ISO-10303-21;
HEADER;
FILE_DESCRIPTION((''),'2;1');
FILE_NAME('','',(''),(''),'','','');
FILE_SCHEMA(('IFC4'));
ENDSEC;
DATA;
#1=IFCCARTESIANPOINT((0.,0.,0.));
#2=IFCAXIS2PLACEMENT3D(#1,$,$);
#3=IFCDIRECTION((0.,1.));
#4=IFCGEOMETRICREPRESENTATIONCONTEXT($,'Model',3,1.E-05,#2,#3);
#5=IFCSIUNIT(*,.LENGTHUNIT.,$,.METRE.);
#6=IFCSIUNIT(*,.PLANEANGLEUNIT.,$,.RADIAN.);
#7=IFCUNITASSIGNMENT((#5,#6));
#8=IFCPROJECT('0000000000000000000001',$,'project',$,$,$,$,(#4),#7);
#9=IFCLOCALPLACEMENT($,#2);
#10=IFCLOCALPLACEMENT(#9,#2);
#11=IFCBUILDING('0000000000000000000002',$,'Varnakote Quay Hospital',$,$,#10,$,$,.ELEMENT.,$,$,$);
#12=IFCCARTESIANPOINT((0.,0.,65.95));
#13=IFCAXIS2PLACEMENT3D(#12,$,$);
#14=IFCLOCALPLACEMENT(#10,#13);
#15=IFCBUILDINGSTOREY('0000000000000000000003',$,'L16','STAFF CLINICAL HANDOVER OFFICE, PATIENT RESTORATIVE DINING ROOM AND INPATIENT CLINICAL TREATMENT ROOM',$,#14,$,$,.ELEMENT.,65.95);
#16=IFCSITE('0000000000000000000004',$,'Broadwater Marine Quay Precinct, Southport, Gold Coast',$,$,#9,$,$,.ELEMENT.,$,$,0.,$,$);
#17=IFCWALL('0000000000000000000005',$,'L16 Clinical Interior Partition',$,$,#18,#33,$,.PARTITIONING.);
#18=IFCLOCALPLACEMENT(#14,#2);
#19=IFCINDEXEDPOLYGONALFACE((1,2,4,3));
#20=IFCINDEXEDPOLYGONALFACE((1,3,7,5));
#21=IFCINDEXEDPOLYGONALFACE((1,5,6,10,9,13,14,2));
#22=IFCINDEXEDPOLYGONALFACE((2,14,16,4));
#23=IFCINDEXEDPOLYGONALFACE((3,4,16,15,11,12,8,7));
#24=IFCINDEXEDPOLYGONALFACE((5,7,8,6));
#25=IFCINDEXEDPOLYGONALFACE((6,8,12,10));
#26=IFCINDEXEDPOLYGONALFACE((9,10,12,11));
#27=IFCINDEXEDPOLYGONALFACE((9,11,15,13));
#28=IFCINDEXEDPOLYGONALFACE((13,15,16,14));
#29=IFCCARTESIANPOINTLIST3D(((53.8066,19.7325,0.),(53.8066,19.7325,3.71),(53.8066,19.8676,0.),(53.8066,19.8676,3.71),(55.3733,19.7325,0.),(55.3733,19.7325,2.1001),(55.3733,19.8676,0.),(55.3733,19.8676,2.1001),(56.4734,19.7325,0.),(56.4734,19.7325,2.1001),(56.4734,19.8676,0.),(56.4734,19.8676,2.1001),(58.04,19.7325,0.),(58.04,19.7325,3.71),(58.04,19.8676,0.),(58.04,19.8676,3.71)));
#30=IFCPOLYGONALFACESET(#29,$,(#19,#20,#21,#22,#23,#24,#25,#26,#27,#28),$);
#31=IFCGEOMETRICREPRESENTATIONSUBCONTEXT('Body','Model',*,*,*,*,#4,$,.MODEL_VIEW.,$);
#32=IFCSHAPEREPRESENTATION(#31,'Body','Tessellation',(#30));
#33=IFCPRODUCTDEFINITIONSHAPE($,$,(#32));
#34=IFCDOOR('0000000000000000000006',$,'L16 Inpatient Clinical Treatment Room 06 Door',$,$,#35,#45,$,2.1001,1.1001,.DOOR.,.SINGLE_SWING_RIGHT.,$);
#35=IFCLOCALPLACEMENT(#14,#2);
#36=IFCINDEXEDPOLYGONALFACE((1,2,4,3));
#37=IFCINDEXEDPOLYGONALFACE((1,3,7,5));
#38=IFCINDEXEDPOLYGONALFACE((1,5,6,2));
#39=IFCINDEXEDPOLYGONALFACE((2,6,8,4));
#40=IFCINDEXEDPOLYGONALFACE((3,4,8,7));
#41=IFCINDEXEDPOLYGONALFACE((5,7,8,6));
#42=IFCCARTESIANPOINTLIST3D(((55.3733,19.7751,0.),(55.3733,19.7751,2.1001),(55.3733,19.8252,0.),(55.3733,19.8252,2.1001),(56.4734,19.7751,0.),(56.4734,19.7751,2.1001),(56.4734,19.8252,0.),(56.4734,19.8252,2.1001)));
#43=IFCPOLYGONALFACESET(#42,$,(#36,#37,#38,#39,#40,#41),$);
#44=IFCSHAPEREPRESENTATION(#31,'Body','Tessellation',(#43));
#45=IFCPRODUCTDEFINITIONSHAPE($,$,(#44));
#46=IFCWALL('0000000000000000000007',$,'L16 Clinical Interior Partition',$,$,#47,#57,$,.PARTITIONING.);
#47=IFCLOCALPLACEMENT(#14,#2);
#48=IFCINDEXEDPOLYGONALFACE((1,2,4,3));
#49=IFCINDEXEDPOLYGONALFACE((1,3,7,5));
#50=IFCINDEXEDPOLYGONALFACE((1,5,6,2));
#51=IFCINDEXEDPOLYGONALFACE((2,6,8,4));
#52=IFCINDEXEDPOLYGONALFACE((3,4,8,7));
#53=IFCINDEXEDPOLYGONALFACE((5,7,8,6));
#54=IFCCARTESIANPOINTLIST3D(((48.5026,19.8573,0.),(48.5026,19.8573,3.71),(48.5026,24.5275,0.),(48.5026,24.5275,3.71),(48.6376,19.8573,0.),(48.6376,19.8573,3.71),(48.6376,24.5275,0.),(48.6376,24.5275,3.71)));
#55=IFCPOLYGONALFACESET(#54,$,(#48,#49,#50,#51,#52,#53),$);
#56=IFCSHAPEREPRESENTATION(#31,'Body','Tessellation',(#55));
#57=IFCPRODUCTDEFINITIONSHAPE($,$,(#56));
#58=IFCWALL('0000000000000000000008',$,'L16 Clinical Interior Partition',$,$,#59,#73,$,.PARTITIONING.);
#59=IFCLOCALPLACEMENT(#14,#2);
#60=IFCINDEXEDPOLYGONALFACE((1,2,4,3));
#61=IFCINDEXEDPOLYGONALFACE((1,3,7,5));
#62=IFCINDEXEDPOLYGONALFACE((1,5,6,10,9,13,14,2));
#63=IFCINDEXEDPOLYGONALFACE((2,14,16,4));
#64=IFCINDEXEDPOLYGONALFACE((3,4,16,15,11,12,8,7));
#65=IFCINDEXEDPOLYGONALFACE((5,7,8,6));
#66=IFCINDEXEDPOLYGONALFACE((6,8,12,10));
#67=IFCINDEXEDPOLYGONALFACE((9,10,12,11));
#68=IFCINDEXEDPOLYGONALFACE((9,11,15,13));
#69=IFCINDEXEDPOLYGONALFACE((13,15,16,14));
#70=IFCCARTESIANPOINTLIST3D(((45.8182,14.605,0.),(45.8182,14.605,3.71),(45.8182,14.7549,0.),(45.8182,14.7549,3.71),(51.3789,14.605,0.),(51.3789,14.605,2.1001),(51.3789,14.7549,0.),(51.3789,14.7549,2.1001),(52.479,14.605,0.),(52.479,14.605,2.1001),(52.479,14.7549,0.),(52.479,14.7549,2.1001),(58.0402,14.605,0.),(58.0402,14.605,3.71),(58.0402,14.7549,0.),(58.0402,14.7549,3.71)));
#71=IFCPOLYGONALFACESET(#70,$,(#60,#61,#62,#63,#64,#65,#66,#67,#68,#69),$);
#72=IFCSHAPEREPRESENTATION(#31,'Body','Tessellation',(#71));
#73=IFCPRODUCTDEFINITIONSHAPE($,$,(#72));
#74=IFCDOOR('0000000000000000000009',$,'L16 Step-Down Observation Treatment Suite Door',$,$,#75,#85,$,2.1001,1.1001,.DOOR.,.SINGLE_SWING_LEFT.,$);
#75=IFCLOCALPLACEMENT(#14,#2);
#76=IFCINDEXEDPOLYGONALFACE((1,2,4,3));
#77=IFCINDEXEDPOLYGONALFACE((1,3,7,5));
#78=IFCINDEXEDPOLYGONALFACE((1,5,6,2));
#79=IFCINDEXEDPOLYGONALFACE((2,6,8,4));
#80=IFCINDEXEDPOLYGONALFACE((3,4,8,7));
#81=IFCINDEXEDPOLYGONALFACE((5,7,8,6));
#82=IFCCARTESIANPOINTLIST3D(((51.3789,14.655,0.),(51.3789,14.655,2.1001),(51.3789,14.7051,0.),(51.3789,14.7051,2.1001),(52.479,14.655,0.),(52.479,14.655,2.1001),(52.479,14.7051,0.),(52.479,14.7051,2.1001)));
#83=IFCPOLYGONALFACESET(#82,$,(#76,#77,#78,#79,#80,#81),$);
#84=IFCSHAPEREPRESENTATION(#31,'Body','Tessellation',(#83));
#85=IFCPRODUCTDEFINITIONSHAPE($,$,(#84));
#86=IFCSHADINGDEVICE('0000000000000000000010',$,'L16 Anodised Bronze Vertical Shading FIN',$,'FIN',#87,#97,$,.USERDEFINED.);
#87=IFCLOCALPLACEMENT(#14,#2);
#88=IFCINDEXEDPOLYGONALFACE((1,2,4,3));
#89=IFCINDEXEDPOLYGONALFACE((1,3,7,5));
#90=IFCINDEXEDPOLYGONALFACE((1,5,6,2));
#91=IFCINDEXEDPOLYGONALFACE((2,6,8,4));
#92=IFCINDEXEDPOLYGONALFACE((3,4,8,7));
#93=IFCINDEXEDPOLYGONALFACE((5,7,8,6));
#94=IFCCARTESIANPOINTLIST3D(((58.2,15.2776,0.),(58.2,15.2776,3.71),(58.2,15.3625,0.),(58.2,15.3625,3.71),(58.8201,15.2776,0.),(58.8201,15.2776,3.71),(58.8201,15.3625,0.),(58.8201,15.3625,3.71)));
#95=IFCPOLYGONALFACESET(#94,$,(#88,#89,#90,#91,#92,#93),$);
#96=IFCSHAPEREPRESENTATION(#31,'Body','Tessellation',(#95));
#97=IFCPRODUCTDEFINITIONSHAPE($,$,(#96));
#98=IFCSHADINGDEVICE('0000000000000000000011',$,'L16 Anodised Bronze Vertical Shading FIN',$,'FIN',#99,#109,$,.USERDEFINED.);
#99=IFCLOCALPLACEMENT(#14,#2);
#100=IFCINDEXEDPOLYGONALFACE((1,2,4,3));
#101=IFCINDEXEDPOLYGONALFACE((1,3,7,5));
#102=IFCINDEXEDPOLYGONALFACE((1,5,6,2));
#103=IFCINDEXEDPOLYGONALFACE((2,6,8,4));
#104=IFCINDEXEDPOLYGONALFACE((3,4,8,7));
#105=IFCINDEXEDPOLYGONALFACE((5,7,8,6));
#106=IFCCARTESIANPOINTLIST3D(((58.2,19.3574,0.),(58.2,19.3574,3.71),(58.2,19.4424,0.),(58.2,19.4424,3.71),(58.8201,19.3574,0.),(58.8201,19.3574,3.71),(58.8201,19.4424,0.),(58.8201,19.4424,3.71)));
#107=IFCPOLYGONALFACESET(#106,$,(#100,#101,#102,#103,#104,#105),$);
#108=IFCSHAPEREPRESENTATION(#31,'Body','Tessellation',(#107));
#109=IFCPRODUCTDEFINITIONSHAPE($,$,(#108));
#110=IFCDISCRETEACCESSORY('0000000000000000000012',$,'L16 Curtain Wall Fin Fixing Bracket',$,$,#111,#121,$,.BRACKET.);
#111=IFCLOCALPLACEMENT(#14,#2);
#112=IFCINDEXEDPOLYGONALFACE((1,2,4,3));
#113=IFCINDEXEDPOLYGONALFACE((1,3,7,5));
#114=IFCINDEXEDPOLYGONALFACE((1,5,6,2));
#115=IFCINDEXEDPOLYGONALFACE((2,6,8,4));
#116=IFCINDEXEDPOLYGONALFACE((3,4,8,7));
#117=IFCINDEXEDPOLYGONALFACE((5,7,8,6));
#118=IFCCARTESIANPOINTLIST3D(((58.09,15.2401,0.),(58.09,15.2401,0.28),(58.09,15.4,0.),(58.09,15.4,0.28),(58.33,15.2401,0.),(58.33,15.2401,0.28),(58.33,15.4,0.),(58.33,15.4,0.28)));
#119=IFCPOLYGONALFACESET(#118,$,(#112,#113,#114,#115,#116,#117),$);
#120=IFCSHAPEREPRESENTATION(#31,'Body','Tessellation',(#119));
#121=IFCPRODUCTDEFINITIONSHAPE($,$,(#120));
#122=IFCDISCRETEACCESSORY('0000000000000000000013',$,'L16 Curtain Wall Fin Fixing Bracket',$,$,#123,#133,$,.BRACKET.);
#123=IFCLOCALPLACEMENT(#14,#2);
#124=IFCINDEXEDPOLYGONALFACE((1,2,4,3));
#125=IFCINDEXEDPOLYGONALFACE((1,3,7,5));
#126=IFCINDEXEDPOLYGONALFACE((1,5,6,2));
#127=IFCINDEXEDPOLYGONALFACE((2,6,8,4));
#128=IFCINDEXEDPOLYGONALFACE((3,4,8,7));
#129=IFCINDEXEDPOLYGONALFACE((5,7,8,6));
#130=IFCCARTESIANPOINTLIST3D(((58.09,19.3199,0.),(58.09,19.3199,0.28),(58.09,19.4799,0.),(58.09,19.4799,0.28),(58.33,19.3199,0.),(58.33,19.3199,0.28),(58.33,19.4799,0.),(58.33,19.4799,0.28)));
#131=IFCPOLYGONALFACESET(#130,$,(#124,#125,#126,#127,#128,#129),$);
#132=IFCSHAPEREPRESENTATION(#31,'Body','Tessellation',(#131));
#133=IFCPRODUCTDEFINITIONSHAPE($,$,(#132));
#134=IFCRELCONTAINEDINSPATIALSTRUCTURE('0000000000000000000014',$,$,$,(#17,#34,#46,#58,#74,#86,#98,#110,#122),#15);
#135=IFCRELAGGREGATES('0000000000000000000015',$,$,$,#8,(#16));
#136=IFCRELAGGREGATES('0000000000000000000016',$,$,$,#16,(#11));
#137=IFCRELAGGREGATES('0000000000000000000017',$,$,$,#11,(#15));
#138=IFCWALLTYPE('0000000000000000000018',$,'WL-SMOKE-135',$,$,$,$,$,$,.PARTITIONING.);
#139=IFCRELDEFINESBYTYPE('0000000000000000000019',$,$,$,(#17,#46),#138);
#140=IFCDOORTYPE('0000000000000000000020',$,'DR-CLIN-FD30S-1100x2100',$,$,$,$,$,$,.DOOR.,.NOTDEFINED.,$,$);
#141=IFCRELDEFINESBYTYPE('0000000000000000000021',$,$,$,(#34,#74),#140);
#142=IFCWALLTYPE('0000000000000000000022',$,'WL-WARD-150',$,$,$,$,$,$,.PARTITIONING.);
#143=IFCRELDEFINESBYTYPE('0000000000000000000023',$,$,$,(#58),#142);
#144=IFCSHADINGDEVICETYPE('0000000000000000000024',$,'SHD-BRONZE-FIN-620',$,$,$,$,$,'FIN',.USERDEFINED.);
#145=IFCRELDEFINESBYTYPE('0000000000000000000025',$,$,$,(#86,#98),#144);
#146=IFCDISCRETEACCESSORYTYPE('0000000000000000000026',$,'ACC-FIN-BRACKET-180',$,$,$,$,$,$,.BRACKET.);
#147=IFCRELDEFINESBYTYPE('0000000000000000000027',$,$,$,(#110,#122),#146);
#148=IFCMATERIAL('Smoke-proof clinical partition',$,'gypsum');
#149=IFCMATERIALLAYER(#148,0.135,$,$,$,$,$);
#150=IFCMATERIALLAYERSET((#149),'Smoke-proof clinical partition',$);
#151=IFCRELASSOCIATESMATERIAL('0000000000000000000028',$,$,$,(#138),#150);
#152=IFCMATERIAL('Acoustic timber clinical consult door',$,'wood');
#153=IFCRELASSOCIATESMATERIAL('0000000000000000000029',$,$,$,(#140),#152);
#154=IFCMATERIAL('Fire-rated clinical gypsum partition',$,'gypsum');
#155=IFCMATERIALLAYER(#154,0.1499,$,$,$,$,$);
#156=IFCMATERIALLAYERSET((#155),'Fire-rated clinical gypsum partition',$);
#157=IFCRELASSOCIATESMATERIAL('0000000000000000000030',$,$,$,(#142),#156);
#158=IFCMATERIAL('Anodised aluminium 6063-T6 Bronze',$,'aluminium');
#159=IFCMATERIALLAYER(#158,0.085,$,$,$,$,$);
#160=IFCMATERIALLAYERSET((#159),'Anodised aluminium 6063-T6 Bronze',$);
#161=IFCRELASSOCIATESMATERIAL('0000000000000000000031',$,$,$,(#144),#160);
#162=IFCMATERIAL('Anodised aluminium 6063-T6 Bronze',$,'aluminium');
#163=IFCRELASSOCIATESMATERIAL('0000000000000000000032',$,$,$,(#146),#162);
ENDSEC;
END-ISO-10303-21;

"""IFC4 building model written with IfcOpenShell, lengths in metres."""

from ifc_helpers import new_model, si_unit, direction, frame, frame_2d, origin, origin_2d, place, context, subcontext, project, spatial, rectangle, extrude, material, layer, layer_set, type_object, element, fill, save


model = new_model("IFC4")

# Units and contexts
model_context = context("Model", 3, precision=1e-05, world=origin(), true_north=direction((0.0, 1.0)))
body_context = subcontext(model_context, "Body", "Model", "MODEL_VIEW")
ifc_project = project(units=[si_unit("LENGTHUNIT", "METRE"), si_unit("PLANEANGLEUNIT", "RADIAN")], contexts=[model_context])

# Site, building, storey
site_placement = place(None, origin())
site = spatial("IfcSite", under=ifc_project, at=site_placement, Name="Broadwater Marine Quay Precinct, Southport, Gold Coast", CompositionType="ELEMENT", RefElevation=0.0)
building_placement = place(site_placement, origin())
building = spatial("IfcBuilding", under=site, at=building_placement, Name="Varnakote Quay Hospital", CompositionType="ELEMENT")
storey_placement = place(building_placement, frame((0.0, 0.0, 65.95)))
storey = spatial("IfcBuildingStorey", under=building, at=storey_placement, Name="L16", Description="STAFF CLINICAL HANDOVER OFFICE, PATIENT RESTORATIVE DINING ROOM AND INPATIENT CLINICAL TREATMENT ROOM", CompositionType="ELEMENT", Elevation=65.95)

# Shared definitions
ifc_material_1 = material(Name="Smoke-proof clinical partition", Category="gypsum")
ifc_layer_1 = layer(ifc_material_1, 0.135)
ifc_layer_set_1 = layer_set([ifc_layer_1], Name="Smoke-proof clinical partition")
wall_type_1 = type_object("IfcWallType", Name="WL-SMOKE-135", PredefinedType="PARTITIONING", material=ifc_layer_set_1)

# Wall, opening, door
ifc_material_2 = material(Name="Acoustic timber clinical consult door", Category="wood")
door_type = type_object("IfcDoorType", Name="DR-CLIN-FD30S-1100x2100", OperationType="NOTDEFINED", PredefinedType="DOOR", material=ifc_material_2)
wall_1_placement = place(storey_placement, frame((58.04, 19.8, 0.0), z_axis=(0.0, 0.0, 1.0), x_axis=(-1.0, 0.0, 0.0)))
wall_1 = element("IfcWall", 1, at=wall_1_placement, inside=storey, type_object=wall_type_1, Name="L16 Clinical Interior Partition", PredefinedType="PARTITIONING", context=body_context, shape_type="SweptSolid", body=[
    extrude(rectangle(XDim=4.2334, YDim=0.135, at=frame_2d((2.1167, 0.0))), origin(), (0.0, 0.0, 1.0), 3.71),
])
opening_1_placement = place(wall_1_placement, frame((1.5667, 0.0, 0.0)))
opening_1 = element("IfcOpeningElement", 2, at=opening_1_placement, cuts=wall_1, PredefinedType="OPENING", context=body_context, shape_type="SweptSolid", body=[
    extrude(rectangle(XDim=1.1001, YDim=2.1001, at=frame_2d((0.55, 1.05))), frame((0.0, 0.0774, 0.0), z_axis=(0.0, -1.0, 0.0), x_axis=(1.0, 0.0, 0.0)), (0.0, 0.0, 1.0), 0.155),
])
door_1_placement = place(opening_1_placement, origin())
door_1 = element("IfcDoor", 3, at=door_1_placement, inside=storey, type_object=door_type, Name="L16 Inpatient Clinical Treatment Room 06 Door", OperationType="SINGLE_SWING_RIGHT", OverallHeight=2.1001, OverallWidth=1.1001, PredefinedType="DOOR", context=body_context, shape_type="SweptSolid", body=[
    extrude(rectangle(XDim=1.1001, YDim=2.1001, at=frame_2d((0.55, 1.05))), frame((0.0, 0.0249, 0.0), z_axis=(0.0, -1.0, 0.0), x_axis=(1.0, 0.0, 0.0)), (0.0, 0.0, 1.0), 0.05),
])
fill(opening_1, door_1)

# Wall
wall_2_placement = place(storey_placement, frame((48.5701, 19.8574, 0.0), z_axis=(0.0, 0.0, 1.0), x_axis=(0.0, 1.0, 0.0)))
element("IfcWall", 4, at=wall_2_placement, inside=storey, type_object=wall_type_1, Name="L16 Clinical Interior Partition", PredefinedType="PARTITIONING", context=body_context, shape_type="SweptSolid", body=[
    extrude(rectangle(XDim=4.6702, YDim=0.135, at=frame_2d((2.335, 0.0))), origin(), (0.0, 0.0, 1.0), 3.71),
])

# Wall, opening, door
ifc_material_3 = material(Name="Fire-rated clinical gypsum partition", Category="gypsum")
ifc_layer_2 = layer(ifc_material_3, 0.1499)
ifc_layer_set_2 = layer_set([ifc_layer_2], Name="Fire-rated clinical gypsum partition")
wall_type_2 = type_object("IfcWallType", Name="WL-WARD-150", PredefinedType="PARTITIONING", material=ifc_layer_set_2)
wall_3_placement = place(storey_placement, frame((58.04, 14.6799, 0.0), z_axis=(0.0, 0.0, 1.0), x_axis=(-1.0, 0.0, 0.0)))
wall_3 = element("IfcWall", 5, at=wall_3_placement, inside=storey, type_object=wall_type_2, Name="L16 Clinical Interior Partition", PredefinedType="PARTITIONING", context=body_context, shape_type="SweptSolid", body=[
    extrude(rectangle(XDim=12.2219, YDim=0.1499, at=frame_2d((6.1108, 0.0))), origin(), (0.0, 0.0, 1.0), 3.71),
])
opening_2_placement = place(wall_3_placement, frame((5.561, 0.0, 0.0)))
opening_2 = element("IfcOpeningElement", 6, at=opening_2_placement, cuts=wall_3, PredefinedType="OPENING", context=body_context, shape_type="SweptSolid", body=[
    extrude(rectangle(XDim=1.1001, YDim=2.1001, at=frame_2d((0.55, 1.05))), frame((0.0, 0.085, 0.0), z_axis=(0.0, -1.0, 0.0), x_axis=(1.0, 0.0, 0.0)), (0.0, 0.0, 1.0), 0.1699),
])
door_2_placement = place(opening_2_placement, origin())
door_2 = element("IfcDoor", 7, at=door_2_placement, inside=storey, type_object=door_type, Name="L16 Step-Down Observation Treatment Suite Door", OperationType="SINGLE_SWING_LEFT", OverallHeight=2.1001, OverallWidth=1.1001, PredefinedType="DOOR", context=body_context, shape_type="SweptSolid", body=[
    extrude(rectangle(XDim=1.1001, YDim=2.1001, at=frame_2d((0.55, 1.05))), frame((0.0, 0.0249, 0.0), z_axis=(0.0, -1.0, 0.0), x_axis=(1.0, 0.0, 0.0)), (0.0, 0.0, 1.0), 0.05),
])
fill(opening_2, door_2)

# Shading devices
ifc_material_4 = material(Name="Anodised aluminium 6063-T6 Bronze", Category="aluminium")
ifc_layer_3 = layer(ifc_material_4, 0.085)
ifc_layer_set_3 = layer_set([ifc_layer_3], Name="Anodised aluminium 6063-T6 Bronze")
shading_device_type = type_object("IfcShadingDeviceType", Name="SHD-BRONZE-FIN-620", ElementType="FIN", PredefinedType="USERDEFINED", material=ifc_layer_set_3)
for number, where, z_axis, x_axis, name in (
    (8, (58.51, 15.3201, 0.0), (0.0, 0.0, 1.0), (-1.0, 0.0, 0.0), "L16 Anodised Bronze Vertical Shading FIN"),
    (9, (58.51, 19.3999, 0.0), (0.0, 0.0, 1.0), (-1.0, 0.0, 0.0), "L16 Anodised Bronze Vertical Shading FIN"),
):
    element("IfcShadingDevice", number, at=place(storey_placement, frame(where, z_axis=z_axis, x_axis=x_axis)), inside=storey, type_object=shading_device_type, Name=name, ObjectType="FIN", PredefinedType="USERDEFINED", context=body_context, shape_type="SweptSolid", body=[
        extrude(rectangle(XDim=0.6201, YDim=0.085, at=origin_2d()), origin(), (0.0, 0.0, 1.0), 3.71),
    ])

# Discrete accessories
ifc_material_5 = material(Name="Anodised aluminium 6063-T6 Bronze", Category="aluminium")
discrete_accessory_type = type_object("IfcDiscreteAccessoryType", Name="ACC-FIN-BRACKET-180", PredefinedType="BRACKET", material=ifc_material_5)
for number, where, z_axis, x_axis, name in (
    (10, (58.21, 15.3201, 0.0), (0.0, 0.0, 1.0), (0.0, 1.0, 0.0), "L16 Curtain Wall Fin Fixing Bracket"),
    (11, (58.21, 19.3999, 0.0), (0.0, 0.0, 1.0), (0.0, 1.0, 0.0), "L16 Curtain Wall Fin Fixing Bracket"),
):
    element("IfcDiscreteAccessory", number, at=place(storey_placement, frame(where, z_axis=z_axis, x_axis=x_axis)), inside=storey, type_object=discrete_accessory_type, Name=name, PredefinedType="BRACKET", context=body_context, shape_type="SweptSolid", body=[
        extrude(rectangle(XDim=0.1599, YDim=0.24, at=origin_2d()), origin(), (0.0, 0.0, 1.0), 0.28),
    ])

save(model, "model.ifc")
